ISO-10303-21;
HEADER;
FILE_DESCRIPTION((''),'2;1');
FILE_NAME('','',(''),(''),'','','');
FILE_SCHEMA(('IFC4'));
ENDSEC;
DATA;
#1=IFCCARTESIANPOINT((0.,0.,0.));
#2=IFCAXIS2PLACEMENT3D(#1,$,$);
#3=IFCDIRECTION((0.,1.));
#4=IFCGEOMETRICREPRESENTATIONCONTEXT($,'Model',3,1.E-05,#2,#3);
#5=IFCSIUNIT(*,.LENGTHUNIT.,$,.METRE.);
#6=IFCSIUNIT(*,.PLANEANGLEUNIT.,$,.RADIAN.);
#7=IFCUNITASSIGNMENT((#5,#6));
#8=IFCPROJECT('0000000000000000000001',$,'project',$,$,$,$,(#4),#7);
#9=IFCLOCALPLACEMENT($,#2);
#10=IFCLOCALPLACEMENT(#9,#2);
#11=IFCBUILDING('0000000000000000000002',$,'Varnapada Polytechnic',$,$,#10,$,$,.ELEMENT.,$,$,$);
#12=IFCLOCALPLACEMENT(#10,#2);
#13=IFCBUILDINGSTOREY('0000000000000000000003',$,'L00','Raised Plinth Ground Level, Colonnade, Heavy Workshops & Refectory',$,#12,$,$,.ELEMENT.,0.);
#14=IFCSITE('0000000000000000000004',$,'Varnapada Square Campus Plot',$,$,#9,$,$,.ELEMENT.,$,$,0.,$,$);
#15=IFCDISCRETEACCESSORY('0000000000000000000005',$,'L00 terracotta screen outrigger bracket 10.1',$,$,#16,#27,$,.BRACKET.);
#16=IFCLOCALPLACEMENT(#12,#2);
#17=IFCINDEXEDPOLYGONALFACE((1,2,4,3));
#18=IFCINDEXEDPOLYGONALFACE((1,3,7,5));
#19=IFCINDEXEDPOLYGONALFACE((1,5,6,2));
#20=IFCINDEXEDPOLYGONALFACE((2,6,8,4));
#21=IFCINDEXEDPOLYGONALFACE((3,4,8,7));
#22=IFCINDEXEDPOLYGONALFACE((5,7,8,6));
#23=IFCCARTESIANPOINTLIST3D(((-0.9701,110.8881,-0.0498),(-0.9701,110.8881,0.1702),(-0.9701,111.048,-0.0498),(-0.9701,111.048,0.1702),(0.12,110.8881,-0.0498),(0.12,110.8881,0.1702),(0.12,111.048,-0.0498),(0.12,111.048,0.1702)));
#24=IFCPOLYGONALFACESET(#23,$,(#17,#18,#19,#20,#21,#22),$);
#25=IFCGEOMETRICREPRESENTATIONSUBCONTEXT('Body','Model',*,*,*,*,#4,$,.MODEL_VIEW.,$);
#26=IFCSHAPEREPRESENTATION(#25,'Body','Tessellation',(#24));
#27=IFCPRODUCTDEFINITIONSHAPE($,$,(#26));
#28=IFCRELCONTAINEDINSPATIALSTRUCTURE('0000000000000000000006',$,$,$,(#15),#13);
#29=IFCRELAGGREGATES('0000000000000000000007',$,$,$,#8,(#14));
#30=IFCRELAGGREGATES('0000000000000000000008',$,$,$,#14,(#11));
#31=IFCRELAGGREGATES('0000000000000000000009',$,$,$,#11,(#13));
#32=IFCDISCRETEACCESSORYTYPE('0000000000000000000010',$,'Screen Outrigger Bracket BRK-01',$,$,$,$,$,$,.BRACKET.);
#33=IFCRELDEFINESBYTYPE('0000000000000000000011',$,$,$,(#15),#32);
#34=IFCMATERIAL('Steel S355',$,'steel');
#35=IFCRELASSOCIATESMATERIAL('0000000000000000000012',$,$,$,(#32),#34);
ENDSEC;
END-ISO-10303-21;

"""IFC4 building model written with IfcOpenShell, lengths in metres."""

from ifc_helpers import new_model, si_unit, direction, frame, origin, origin_2d, place, context, subcontext, project, spatial, rectangle, extrude, material, type_object, element, save


model = new_model("IFC4")

# Units and contexts
model_context = context("Model", 3, precision=1e-05, world=origin(), true_north=direction((0.0, 1.0)))
body_context = subcontext(model_context, "Body", "Model", "MODEL_VIEW")
ifc_project = project(units=[si_unit("LENGTHUNIT", "METRE"), si_unit("PLANEANGLEUNIT", "RADIAN")], contexts=[model_context])

# Site, building, storey
site_placement = place(None, origin())
site = spatial("IfcSite", under=ifc_project, at=site_placement, Name="Varnapada Square Campus Plot", CompositionType="ELEMENT", RefElevation=0.0)
building_placement = place(site_placement, origin())
building = spatial("IfcBuilding", under=site, at=building_placement, Name="Varnapada Polytechnic", CompositionType="ELEMENT")
storey_placement = place(building_placement, origin())
storey = spatial("IfcBuildingStorey", under=building, at=storey_placement, Name="L00", Description="Raised Plinth Ground Level, Colonnade, Heavy Workshops & Refectory", CompositionType="ELEMENT", Elevation=0.0)

# Discrete accessory
ifc_material_1 = material(Name="Steel S355", Category="steel")
discrete_accessory_type = type_object("IfcDiscreteAccessoryType", Name="Screen Outrigger Bracket BRK-01", PredefinedType="BRACKET", material=ifc_material_1)
discrete_accessory_placement = place(storey_placement, frame((-0.425, 110.968, -0.0498), z_axis=(0.0, 0.0, 1.0), x_axis=(0.0, 1.0, 0.0)))
element("IfcDiscreteAccessory", 1, at=discrete_accessory_placement, inside=storey, type_object=discrete_accessory_type, Name="L00 terracotta screen outrigger bracket 10.1", PredefinedType="BRACKET", context=body_context, shape_type="SweptSolid", body=[
    extrude(rectangle(XDim=0.1599, YDim=1.0901, at=origin_2d()), origin(), (0.0, 0.0, 1.0), 0.22),
])

save(model, "model.ifc")
